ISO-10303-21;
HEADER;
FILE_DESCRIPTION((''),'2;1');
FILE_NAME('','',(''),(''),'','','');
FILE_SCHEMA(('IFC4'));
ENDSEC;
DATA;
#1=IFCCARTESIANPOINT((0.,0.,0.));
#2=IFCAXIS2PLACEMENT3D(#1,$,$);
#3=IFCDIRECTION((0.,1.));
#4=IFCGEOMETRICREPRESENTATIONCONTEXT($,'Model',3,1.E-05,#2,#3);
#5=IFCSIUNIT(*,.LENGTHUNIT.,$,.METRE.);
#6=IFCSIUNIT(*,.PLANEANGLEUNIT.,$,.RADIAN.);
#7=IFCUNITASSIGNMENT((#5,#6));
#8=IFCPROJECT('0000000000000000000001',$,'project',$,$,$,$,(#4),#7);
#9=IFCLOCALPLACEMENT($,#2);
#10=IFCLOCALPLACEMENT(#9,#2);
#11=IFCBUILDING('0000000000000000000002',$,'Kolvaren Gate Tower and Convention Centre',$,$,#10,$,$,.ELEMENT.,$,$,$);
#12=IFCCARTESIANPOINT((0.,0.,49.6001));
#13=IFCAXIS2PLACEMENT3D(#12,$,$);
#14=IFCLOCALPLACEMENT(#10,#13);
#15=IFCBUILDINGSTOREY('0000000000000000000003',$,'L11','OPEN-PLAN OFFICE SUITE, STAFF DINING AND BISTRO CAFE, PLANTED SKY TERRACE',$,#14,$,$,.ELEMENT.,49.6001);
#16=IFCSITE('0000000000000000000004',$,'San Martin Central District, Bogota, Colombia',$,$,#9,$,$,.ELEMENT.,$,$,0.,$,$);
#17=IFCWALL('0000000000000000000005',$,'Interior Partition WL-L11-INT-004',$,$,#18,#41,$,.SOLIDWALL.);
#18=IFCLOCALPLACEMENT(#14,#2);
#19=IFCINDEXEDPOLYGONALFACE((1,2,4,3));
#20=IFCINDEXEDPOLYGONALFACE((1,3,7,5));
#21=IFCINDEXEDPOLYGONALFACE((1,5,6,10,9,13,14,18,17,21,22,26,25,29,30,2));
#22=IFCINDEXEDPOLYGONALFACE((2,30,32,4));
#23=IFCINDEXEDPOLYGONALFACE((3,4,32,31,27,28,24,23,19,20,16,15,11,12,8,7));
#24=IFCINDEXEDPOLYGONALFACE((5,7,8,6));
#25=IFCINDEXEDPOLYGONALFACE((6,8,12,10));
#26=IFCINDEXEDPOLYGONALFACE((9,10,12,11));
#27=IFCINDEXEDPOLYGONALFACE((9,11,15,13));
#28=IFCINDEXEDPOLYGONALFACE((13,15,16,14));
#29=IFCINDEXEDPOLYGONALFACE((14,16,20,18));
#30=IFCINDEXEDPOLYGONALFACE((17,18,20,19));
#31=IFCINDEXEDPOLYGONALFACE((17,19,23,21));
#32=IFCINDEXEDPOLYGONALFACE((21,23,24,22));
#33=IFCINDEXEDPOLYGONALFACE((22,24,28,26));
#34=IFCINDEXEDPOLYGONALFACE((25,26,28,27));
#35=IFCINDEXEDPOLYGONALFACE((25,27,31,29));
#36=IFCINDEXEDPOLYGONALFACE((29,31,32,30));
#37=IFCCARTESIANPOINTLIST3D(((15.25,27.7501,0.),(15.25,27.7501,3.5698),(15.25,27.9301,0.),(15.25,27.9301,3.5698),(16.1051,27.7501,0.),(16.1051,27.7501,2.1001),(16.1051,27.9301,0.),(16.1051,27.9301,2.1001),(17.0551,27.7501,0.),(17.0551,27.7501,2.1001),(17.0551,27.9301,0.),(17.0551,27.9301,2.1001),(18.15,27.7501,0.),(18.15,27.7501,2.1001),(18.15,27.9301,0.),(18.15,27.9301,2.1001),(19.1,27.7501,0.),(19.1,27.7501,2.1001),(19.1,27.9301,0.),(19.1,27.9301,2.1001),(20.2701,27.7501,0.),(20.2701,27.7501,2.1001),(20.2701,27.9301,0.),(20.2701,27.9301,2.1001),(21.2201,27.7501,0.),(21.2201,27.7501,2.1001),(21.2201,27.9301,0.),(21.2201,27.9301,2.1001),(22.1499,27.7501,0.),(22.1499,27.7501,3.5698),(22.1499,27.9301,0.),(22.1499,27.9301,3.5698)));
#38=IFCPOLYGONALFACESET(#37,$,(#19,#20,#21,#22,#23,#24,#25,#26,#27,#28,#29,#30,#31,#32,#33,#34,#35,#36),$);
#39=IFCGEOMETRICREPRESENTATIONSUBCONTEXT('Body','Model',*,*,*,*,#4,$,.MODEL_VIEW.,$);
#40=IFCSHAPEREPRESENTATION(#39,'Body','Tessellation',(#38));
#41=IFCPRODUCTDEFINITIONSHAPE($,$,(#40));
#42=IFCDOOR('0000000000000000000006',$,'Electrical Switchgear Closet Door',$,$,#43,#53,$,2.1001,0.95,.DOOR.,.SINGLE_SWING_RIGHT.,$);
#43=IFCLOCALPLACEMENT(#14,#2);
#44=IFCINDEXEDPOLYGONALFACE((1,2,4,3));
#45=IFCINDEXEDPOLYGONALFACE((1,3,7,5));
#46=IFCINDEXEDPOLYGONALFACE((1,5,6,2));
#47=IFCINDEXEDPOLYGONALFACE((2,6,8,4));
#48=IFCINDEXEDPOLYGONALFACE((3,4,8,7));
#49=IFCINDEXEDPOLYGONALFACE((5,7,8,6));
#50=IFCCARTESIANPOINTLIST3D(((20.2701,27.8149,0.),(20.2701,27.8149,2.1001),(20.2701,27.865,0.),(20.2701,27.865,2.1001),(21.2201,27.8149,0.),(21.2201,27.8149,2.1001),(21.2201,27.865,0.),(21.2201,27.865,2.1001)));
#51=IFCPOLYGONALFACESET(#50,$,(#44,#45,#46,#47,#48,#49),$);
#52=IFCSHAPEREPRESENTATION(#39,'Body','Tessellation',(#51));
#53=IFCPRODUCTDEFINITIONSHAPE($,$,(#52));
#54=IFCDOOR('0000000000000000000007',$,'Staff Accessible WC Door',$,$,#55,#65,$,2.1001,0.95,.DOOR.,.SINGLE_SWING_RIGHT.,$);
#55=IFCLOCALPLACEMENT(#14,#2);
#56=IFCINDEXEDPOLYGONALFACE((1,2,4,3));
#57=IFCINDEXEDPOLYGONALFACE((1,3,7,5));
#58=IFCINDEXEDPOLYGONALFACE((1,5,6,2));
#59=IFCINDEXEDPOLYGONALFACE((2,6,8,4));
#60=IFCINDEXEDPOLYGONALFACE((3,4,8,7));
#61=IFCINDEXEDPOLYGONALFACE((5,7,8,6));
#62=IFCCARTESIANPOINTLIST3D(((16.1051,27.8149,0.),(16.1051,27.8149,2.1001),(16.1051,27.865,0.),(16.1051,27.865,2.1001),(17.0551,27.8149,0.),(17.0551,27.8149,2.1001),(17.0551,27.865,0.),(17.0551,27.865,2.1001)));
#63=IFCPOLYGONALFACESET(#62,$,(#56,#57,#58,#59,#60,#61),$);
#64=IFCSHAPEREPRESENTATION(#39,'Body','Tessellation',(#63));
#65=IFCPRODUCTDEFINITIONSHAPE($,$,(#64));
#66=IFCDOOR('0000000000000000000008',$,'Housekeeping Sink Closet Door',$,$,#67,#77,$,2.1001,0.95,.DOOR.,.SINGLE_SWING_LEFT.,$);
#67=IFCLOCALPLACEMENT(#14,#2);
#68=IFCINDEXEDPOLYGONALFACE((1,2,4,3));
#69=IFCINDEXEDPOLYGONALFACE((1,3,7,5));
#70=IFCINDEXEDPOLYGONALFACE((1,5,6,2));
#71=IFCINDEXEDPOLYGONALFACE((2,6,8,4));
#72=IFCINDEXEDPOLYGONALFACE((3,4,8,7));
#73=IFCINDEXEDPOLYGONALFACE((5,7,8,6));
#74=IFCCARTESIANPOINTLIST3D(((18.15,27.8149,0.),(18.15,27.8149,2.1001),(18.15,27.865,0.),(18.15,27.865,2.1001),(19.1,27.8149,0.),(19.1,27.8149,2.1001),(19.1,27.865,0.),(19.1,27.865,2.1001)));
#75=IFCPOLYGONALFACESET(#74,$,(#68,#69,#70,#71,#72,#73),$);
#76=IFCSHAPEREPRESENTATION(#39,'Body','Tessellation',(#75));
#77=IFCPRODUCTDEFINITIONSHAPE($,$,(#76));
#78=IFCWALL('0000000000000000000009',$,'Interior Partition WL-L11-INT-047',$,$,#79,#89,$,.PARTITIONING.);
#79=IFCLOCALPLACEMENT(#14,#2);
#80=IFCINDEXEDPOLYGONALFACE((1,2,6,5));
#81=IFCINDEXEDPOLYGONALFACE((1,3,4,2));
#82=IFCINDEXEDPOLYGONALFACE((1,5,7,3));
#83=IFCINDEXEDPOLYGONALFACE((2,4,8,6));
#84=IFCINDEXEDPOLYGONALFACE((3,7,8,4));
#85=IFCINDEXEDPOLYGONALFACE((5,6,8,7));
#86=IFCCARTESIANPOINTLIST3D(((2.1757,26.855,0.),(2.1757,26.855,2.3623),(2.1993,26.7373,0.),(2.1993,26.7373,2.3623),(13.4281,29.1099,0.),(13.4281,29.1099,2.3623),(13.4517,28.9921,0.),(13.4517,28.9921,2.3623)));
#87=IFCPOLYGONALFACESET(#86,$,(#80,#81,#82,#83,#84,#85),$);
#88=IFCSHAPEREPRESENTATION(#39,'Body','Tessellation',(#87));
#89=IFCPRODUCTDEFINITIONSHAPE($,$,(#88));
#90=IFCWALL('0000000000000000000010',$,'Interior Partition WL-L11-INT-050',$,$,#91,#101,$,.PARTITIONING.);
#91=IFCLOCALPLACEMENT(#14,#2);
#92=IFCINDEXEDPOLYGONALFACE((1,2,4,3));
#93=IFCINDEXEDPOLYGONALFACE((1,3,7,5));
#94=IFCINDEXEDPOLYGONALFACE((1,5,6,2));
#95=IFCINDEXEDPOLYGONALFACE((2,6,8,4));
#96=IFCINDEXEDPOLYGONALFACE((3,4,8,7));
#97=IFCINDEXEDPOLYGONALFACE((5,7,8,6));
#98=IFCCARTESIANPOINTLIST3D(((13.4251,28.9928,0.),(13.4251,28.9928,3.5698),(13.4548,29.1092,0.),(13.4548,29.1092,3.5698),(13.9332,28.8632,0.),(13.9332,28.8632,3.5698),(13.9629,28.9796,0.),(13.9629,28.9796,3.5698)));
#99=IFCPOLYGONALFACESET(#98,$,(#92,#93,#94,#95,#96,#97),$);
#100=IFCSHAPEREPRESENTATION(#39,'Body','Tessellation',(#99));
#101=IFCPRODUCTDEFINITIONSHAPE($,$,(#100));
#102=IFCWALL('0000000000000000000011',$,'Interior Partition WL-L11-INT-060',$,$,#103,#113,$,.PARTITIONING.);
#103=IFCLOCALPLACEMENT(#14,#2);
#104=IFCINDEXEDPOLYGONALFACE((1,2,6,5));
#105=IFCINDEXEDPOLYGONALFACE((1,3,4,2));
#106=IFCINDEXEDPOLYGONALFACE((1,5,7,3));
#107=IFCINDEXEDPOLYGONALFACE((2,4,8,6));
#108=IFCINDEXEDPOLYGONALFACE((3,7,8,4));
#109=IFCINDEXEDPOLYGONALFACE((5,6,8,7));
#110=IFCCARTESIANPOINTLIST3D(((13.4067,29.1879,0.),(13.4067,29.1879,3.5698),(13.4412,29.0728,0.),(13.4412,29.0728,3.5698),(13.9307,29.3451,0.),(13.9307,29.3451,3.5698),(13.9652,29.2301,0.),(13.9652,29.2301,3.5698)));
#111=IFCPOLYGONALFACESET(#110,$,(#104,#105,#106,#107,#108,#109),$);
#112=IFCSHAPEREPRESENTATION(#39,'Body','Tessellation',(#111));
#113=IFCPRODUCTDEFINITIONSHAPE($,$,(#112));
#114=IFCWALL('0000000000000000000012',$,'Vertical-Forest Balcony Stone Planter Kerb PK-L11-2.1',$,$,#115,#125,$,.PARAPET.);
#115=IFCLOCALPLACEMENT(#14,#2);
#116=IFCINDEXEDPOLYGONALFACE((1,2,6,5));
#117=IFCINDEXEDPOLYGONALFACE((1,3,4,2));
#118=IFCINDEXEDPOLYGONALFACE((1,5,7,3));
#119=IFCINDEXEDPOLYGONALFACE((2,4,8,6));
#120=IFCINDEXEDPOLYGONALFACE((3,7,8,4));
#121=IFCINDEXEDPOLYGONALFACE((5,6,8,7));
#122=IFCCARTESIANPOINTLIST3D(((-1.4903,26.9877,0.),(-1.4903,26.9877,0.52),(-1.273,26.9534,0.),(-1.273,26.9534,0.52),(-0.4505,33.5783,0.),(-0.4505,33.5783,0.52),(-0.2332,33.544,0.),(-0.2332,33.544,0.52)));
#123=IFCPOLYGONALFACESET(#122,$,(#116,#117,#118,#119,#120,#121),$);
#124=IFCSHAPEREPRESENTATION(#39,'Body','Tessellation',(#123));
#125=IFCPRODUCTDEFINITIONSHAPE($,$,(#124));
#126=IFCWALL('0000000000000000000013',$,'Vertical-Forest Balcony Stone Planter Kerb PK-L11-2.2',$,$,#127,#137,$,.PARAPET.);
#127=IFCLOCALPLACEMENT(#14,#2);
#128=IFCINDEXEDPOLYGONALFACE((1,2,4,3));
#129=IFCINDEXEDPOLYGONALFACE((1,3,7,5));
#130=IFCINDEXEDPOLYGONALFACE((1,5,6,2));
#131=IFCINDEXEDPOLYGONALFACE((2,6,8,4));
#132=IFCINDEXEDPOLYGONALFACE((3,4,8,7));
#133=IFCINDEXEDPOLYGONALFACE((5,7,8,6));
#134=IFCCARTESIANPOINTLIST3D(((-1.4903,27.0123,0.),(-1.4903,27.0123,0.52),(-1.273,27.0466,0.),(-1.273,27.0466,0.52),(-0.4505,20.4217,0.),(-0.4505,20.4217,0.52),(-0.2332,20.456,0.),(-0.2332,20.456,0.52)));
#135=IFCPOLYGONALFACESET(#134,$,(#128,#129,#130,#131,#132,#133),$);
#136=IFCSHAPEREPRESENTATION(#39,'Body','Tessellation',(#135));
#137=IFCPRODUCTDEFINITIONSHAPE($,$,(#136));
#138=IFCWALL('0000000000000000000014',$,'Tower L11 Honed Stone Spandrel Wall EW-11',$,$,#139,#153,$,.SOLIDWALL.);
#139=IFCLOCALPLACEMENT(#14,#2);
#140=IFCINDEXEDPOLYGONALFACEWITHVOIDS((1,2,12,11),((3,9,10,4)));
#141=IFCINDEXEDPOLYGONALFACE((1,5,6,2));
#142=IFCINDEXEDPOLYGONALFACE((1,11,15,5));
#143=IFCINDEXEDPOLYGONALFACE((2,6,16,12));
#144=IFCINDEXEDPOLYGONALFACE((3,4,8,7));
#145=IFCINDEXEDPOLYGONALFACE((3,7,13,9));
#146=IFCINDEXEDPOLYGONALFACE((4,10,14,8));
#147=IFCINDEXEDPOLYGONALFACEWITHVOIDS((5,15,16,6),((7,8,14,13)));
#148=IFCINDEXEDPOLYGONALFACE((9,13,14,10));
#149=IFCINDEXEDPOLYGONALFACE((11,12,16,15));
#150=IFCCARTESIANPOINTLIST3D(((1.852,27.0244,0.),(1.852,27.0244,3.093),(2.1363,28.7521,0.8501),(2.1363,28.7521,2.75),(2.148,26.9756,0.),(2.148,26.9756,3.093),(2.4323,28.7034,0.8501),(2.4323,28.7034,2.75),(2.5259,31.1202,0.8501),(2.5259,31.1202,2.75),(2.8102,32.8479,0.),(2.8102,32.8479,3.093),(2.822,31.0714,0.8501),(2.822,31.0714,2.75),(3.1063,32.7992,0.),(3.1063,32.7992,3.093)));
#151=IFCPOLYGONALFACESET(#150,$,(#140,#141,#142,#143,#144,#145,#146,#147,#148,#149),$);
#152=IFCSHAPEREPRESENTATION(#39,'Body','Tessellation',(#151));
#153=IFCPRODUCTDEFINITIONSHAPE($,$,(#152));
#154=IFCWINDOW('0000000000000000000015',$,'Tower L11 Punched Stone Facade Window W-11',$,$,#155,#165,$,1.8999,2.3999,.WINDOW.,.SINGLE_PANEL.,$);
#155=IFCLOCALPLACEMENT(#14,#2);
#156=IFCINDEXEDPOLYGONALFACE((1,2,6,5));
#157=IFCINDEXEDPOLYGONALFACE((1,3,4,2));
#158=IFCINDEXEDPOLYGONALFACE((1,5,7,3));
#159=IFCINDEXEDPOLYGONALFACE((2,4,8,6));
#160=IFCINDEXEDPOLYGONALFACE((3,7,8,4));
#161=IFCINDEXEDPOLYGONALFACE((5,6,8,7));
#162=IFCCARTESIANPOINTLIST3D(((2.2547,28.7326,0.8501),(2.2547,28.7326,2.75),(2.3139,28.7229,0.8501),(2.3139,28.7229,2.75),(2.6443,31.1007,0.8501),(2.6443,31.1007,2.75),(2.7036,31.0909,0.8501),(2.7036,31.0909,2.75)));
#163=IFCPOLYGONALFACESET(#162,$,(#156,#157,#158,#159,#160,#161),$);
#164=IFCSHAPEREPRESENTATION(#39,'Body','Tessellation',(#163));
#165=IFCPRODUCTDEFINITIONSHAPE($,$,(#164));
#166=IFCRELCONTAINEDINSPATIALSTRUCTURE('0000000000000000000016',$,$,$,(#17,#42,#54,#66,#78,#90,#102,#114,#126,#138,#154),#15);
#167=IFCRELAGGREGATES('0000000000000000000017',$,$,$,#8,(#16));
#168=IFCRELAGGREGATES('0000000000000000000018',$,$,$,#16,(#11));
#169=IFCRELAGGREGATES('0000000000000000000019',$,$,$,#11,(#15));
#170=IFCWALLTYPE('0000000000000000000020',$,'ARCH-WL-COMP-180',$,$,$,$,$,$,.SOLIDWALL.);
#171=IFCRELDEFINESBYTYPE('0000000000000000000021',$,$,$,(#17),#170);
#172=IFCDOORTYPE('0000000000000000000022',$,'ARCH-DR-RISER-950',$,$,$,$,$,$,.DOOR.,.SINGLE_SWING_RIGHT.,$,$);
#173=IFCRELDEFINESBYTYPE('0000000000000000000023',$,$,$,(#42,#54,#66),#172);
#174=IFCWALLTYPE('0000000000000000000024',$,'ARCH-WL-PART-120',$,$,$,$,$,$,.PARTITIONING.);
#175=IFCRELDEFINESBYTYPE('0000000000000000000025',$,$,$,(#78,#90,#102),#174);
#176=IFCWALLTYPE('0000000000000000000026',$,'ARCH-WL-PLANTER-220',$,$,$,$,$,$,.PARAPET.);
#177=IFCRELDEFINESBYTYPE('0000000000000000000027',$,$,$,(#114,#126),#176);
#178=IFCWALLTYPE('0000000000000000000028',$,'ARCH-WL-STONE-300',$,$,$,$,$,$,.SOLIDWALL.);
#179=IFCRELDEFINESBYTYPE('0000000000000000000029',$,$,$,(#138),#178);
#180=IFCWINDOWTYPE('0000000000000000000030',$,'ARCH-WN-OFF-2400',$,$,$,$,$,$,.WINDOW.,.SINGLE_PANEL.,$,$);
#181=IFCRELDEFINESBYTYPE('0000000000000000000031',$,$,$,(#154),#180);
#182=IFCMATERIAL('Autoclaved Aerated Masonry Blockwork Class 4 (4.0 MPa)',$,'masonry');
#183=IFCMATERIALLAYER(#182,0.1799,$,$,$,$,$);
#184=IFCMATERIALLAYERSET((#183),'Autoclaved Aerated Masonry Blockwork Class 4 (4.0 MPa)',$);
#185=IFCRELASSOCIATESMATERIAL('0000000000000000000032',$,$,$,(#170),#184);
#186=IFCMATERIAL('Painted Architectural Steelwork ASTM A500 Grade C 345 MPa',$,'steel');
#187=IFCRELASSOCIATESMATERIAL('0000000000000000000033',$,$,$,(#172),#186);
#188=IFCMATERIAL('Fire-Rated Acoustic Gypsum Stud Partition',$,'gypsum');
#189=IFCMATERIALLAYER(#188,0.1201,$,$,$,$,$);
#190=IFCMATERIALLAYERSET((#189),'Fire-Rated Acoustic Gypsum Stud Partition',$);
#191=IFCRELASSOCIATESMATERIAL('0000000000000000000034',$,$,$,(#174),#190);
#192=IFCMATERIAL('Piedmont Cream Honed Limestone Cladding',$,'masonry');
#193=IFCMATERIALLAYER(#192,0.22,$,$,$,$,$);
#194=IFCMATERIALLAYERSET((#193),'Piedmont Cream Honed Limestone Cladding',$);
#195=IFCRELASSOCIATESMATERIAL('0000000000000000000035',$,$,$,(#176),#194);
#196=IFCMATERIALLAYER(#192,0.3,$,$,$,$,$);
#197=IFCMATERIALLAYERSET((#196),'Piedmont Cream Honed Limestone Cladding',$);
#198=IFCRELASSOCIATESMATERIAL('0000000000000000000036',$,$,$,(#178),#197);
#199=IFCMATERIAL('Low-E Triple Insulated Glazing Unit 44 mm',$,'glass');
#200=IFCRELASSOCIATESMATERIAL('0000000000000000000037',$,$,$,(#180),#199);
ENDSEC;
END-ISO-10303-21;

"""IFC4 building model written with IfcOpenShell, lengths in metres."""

from ifc_helpers import new_model, si_unit, direction, frame, frame_2d, origin, place, context, subcontext, project, spatial, rectangle, extrude, material, layer, layer_set, type_object, element, fill, save


model = new_model("IFC4")

# Units and contexts
model_context = context("Model", 3, precision=1e-05, world=origin(), true_north=direction((0.0, 1.0)))
body_context = subcontext(model_context, "Body", "Model", "MODEL_VIEW")
ifc_project = project(units=[si_unit("LENGTHUNIT", "METRE"), si_unit("PLANEANGLEUNIT", "RADIAN")], contexts=[model_context])

# Site, building, storey
site_placement = place(None, origin())
site = spatial("IfcSite", under=ifc_project, at=site_placement, Name="San Martin Central District, Bogota, Colombia", CompositionType="ELEMENT", RefElevation=0.0)
building_placement = place(site_placement, origin())
building = spatial("IfcBuilding", under=site, at=building_placement, Name="Kolvaren Gate Tower and Convention Centre", CompositionType="ELEMENT")
storey_placement = place(building_placement, frame((0.0, 0.0, 49.6001)))
storey = spatial("IfcBuildingStorey", under=building, at=storey_placement, Name="L11", Description="OPEN-PLAN OFFICE SUITE, STAFF DINING AND BISTRO CAFE, PLANTED SKY TERRACE", CompositionType="ELEMENT", Elevation=49.6001)

# Wall, openings, doors
ifc_material_1 = material(Name="Autoclaved Aerated Masonry Blockwork Class 4 (4.0 MPa)", Category="masonry")
ifc_layer_1 = layer(ifc_material_1, 0.1799)
ifc_layer_set_1 = layer_set([ifc_layer_1], Name="Autoclaved Aerated Masonry Blockwork Class 4 (4.0 MPa)")
wall_type_1 = type_object("IfcWallType", Name="ARCH-WL-COMP-180", PredefinedType="SOLIDWALL", material=ifc_layer_set_1)
wall_1_placement = place(storey_placement, frame((15.25, 27.8401, 0.0), z_axis=(0.0, 0.0, 1.0), x_axis=(1.0, 0.0, 0.0)))
wall_1 = element("IfcWall", 1, at=wall_1_placement, inside=storey, type_object=wall_type_1, Name="Interior Partition WL-L11-INT-004", PredefinedType="SOLIDWALL", context=body_context, shape_type="SweptSolid", body=[
    extrude(rectangle(XDim=6.8999, YDim=0.1799, at=frame_2d((3.45, 0.0))), origin(), (0.0, 0.0, 1.0), 3.5698),
])
opening_1_placement = place(wall_1_placement, frame((5.02, 0.0, 0.0)))
opening_1 = element("IfcOpeningElement", 2, at=opening_1_placement, cuts=wall_1, PredefinedType="OPENING", context=body_context, shape_type="SweptSolid", body=[
    extrude(rectangle(XDim=0.95, YDim=2.1001, at=frame_2d((0.4751, 1.05))), frame((0.0, 0.0999, 0.0), z_axis=(0.0, -1.0, 0.0), x_axis=(1.0, 0.0, 0.0)), (0.0, 0.0, 1.0), 0.2),
])
opening_2_placement = place(wall_1_placement, frame((0.855, 0.0, 0.0)))
opening_2 = element("IfcOpeningElement", 3, at=opening_2_placement, cuts=wall_1, PredefinedType="OPENING", context=body_context, shape_type="SweptSolid", body=[
    extrude(rectangle(XDim=0.95, YDim=2.1001, at=frame_2d((0.4751, 1.05))), frame((0.0, 0.0999, 0.0), z_axis=(0.0, -1.0, 0.0), x_axis=(1.0, 0.0, 0.0)), (0.0, 0.0, 1.0), 0.2),
])
opening_3_placement = place(wall_1_placement, frame((2.8999, 0.0, 0.0)))
opening_3 = element("IfcOpeningElement", 4, at=opening_3_placement, cuts=wall_1, PredefinedType="OPENING", context=body_context, shape_type="SweptSolid", body=[
    extrude(rectangle(XDim=0.95, YDim=2.1001, at=frame_2d((0.4751, 1.05))), frame((0.0, 0.0999, 0.0), z_axis=(0.0, -1.0, 0.0), x_axis=(1.0, 0.0, 0.0)), (0.0, 0.0, 1.0), 0.2),
])
ifc_material_2 = material(Name="Painted Architectural Steelwork ASTM A500 Grade C 345 MPa", Category="steel")
door_type_1 = type_object("IfcDoorType", Name="ARCH-DR-RISER-950", OperationType="SINGLE_SWING_RIGHT", PredefinedType="DOOR", material=ifc_material_2)
door_1_placement = place(opening_1_placement, origin())
door_1 = element("IfcDoor", 5, at=door_1_placement, inside=storey, type_object=door_type_1, Name="Electrical Switchgear Closet Door", OperationType="SINGLE_SWING_RIGHT", OverallHeight=2.1001, OverallWidth=0.95, PredefinedType="DOOR", context=body_context, shape_type="SweptSolid", body=[
    extrude(rectangle(XDim=0.95, YDim=2.1001, at=frame_2d((0.4751, 1.05))), frame((0.0, 0.0249, 0.0), z_axis=(0.0, -1.0, 0.0), x_axis=(1.0, 0.0, 0.0)), (0.0, 0.0, 1.0), 0.05),
])
fill(opening_1, door_1)
door_2_placement = place(opening_2_placement, origin())
door_2 = element("IfcDoor", 6, at=door_2_placement, inside=storey, type_object=door_type_1, Name="Staff Accessible WC Door", OperationType="SINGLE_SWING_RIGHT", OverallHeight=2.1001, OverallWidth=0.95, PredefinedType="DOOR", context=body_context, shape_type="SweptSolid", body=[
    extrude(rectangle(XDim=0.95, YDim=2.1001, at=frame_2d((0.4751, 1.05))), frame((0.0, 0.0249, 0.0), z_axis=(0.0, -1.0, 0.0), x_axis=(1.0, 0.0, 0.0)), (0.0, 0.0, 1.0), 0.05),
])
fill(opening_2, door_2)
door_3_placement = place(opening_3_placement, origin())
door_3 = element("IfcDoor", 7, at=door_3_placement, inside=storey, type_object=door_type_1, Name="Housekeeping Sink Closet Door", OperationType="SINGLE_SWING_LEFT", OverallHeight=2.1001, OverallWidth=0.95, PredefinedType="DOOR", context=body_context, shape_type="SweptSolid", body=[
    extrude(rectangle(XDim=0.95, YDim=2.1001, at=frame_2d((0.4751, 1.05))), frame((0.0, 0.0249, 0.0), z_axis=(0.0, -1.0, 0.0), x_axis=(1.0, 0.0, 0.0)), (0.0, 0.0, 1.0), 0.05),
])
fill(opening_3, door_3)

# Walls
ifc_material_3 = material(Name="Fire-Rated Acoustic Gypsum Stud Partition", Category="gypsum")
ifc_layer_2 = layer(ifc_material_3, 0.1201)
ifc_layer_set_2 = layer_set([ifc_layer_2], Name="Fire-Rated Acoustic Gypsum Stud Partition")
wall_type_2 = type_object("IfcWallType", Name="ARCH-WL-PART-120", PredefinedType="PARTITIONING", material=ifc_layer_set_2)
wall_2_placement = place(storey_placement, frame((2.1875, 26.7961, 0.0), z_axis=(0.0, 0.0, 1.0), x_axis=(0.980507, 0.196484, 0.0)))
element("IfcWall", 8, at=wall_2_placement, inside=storey, type_object=wall_type_2, Name="Interior Partition WL-L11-INT-047", PredefinedType="PARTITIONING", context=body_context, shape_type="SweptSolid", body=[
    extrude(rectangle(XDim=11.4761, YDim=0.1201, at=frame_2d((5.738, 0.0))), origin(), (0.0, 0.0, 1.0), 2.3623),
])
wall_3_placement = place(storey_placement, frame((13.4399, 29.051, 0.0), z_axis=(0.0, 0.0, 1.0), x_axis=(0.968953, -0.247244, 0.0)))
element("IfcWall", 9, at=wall_3_placement, inside=storey, type_object=wall_type_2, Name="Interior Partition WL-L11-INT-050", PredefinedType="PARTITIONING", context=body_context, shape_type="SweptSolid", body=[
    extrude(rectangle(XDim=0.5244, YDim=0.1201, at=frame_2d((0.2622, 0.0))), origin(), (0.0, 0.0, 1.0), 3.5698),
])
wall_4_placement = place(storey_placement, frame((13.4241, 29.1304, 0.0), z_axis=(0.0, 0.0, 1.0), x_axis=(0.957802, 0.28743, 0.0)))
element("IfcWall", 10, at=wall_4_placement, inside=storey, type_object=wall_type_2, Name="Interior Partition WL-L11-INT-060", PredefinedType="PARTITIONING", context=body_context, shape_type="SweptSolid", body=[
    extrude(rectangle(XDim=0.5471, YDim=0.1201, at=frame_2d((0.2734, 0.0))), origin(), (0.0, 0.0, 1.0), 3.5698),
])
ifc_material_4 = material(Name="Piedmont Cream Honed Limestone Cladding", Category="masonry")
ifc_layer_3 = layer(ifc_material_4, 0.22)
ifc_layer_set_3 = layer_set([ifc_layer_3], Name="Piedmont Cream Honed Limestone Cladding")
wall_type_3 = type_object("IfcWallType", Name="ARCH-WL-PLANTER-220", PredefinedType="PARAPET", material=ifc_layer_set_3)
for number, where, z_axis, x_axis, name in (
    (11, (-1.3816, 26.9707, 0.0), (0.0, 0.0, 1.0), (0.155842, 0.987782, 0.0), "Vertical-Forest Balcony Stone Planter Kerb PK-L11-2.1"),
    (12, (-1.3816, 27.0293, 0.0), (0.0, 0.0, 1.0), (0.155842, -0.987782, 0.0), "Vertical-Forest Balcony Stone Planter Kerb PK-L11-2.2"),
):
    element("IfcWall", number, at=place(storey_placement, frame(where, z_axis=z_axis, x_axis=x_axis)), inside=storey, type_object=wall_type_3, Name=name, PredefinedType="PARAPET", context=body_context, shape_type="SweptSolid", body=[
        extrude(rectangle(XDim=6.6721, YDim=0.22, at=frame_2d((3.3359, 0.0))), origin(), (0.0, 0.0, 1.0), 0.52),
    ])

# Wall, opening, window
ifc_layer_4 = layer(ifc_material_4, 0.3)
ifc_layer_set_4 = layer_set([ifc_layer_4], Name="Piedmont Cream Honed Limestone Cladding")
wall_type_4 = type_object("IfcWallType", Name="ARCH-WL-STONE-300", PredefinedType="SOLIDWALL", material=ifc_layer_set_4)
wall_5_placement = place(storey_placement, frame((2.0, 27.0, 0.0), z_axis=(0.0, 0.0, 1.0), x_axis=(0.162366, 0.986731, 0.0)))
wall_5 = element("IfcWall", 13, at=wall_5_placement, inside=storey, type_object=wall_type_4, Name="Tower L11 Honed Stone Spandrel Wall EW-11", PredefinedType="SOLIDWALL", context=body_context, shape_type="SweptSolid", body=[
    extrude(rectangle(XDim=5.9019, YDim=0.3, at=frame_2d((2.9509, 0.0))), origin(), (0.0, 0.0, 1.0), 3.093),
])
opening_4_placement = place(wall_5_placement, frame((1.751, 0.0, 0.8501)))
opening_4 = element("IfcOpeningElement", 14, at=opening_4_placement, cuts=wall_5, PredefinedType="OPENING", context=body_context, shape_type="SweptSolid", body=[
    extrude(rectangle(XDim=2.3999, YDim=1.8999, at=frame_2d((1.2, 0.95))), frame((0.0, 0.1599, 0.0), z_axis=(0.0, -1.0, 0.0), x_axis=(1.0, 0.0, 0.0)), (0.0, 0.0, 1.0), 0.3201),
])
ifc_material_5 = material(Name="Low-E Triple Insulated Glazing Unit 44 mm", Category="glass")
window_type = type_object("IfcWindowType", Name="ARCH-WN-OFF-2400", PartitioningType="SINGLE_PANEL", PredefinedType="WINDOW", material=ifc_material_5)
window_placement = place(opening_4_placement, origin())
window = element("IfcWindow", 15, at=window_placement, inside=storey, type_object=window_type, Name="Tower L11 Punched Stone Facade Window W-11", OverallHeight=1.8999, OverallWidth=2.3999, PartitioningType="SINGLE_PANEL", PredefinedType="WINDOW", context=body_context, shape_type="SweptSolid", body=[
    extrude(rectangle(XDim=2.3999, YDim=1.8999, at=frame_2d((1.2, 0.95))), frame((0.0, 0.03, 0.0), z_axis=(0.0, -1.0, 0.0), x_axis=(1.0, 0.0, 0.0)), (0.0, 0.0, 1.0), 0.0601),
])
fill(opening_4, window)

save(model, "model.ifc")
